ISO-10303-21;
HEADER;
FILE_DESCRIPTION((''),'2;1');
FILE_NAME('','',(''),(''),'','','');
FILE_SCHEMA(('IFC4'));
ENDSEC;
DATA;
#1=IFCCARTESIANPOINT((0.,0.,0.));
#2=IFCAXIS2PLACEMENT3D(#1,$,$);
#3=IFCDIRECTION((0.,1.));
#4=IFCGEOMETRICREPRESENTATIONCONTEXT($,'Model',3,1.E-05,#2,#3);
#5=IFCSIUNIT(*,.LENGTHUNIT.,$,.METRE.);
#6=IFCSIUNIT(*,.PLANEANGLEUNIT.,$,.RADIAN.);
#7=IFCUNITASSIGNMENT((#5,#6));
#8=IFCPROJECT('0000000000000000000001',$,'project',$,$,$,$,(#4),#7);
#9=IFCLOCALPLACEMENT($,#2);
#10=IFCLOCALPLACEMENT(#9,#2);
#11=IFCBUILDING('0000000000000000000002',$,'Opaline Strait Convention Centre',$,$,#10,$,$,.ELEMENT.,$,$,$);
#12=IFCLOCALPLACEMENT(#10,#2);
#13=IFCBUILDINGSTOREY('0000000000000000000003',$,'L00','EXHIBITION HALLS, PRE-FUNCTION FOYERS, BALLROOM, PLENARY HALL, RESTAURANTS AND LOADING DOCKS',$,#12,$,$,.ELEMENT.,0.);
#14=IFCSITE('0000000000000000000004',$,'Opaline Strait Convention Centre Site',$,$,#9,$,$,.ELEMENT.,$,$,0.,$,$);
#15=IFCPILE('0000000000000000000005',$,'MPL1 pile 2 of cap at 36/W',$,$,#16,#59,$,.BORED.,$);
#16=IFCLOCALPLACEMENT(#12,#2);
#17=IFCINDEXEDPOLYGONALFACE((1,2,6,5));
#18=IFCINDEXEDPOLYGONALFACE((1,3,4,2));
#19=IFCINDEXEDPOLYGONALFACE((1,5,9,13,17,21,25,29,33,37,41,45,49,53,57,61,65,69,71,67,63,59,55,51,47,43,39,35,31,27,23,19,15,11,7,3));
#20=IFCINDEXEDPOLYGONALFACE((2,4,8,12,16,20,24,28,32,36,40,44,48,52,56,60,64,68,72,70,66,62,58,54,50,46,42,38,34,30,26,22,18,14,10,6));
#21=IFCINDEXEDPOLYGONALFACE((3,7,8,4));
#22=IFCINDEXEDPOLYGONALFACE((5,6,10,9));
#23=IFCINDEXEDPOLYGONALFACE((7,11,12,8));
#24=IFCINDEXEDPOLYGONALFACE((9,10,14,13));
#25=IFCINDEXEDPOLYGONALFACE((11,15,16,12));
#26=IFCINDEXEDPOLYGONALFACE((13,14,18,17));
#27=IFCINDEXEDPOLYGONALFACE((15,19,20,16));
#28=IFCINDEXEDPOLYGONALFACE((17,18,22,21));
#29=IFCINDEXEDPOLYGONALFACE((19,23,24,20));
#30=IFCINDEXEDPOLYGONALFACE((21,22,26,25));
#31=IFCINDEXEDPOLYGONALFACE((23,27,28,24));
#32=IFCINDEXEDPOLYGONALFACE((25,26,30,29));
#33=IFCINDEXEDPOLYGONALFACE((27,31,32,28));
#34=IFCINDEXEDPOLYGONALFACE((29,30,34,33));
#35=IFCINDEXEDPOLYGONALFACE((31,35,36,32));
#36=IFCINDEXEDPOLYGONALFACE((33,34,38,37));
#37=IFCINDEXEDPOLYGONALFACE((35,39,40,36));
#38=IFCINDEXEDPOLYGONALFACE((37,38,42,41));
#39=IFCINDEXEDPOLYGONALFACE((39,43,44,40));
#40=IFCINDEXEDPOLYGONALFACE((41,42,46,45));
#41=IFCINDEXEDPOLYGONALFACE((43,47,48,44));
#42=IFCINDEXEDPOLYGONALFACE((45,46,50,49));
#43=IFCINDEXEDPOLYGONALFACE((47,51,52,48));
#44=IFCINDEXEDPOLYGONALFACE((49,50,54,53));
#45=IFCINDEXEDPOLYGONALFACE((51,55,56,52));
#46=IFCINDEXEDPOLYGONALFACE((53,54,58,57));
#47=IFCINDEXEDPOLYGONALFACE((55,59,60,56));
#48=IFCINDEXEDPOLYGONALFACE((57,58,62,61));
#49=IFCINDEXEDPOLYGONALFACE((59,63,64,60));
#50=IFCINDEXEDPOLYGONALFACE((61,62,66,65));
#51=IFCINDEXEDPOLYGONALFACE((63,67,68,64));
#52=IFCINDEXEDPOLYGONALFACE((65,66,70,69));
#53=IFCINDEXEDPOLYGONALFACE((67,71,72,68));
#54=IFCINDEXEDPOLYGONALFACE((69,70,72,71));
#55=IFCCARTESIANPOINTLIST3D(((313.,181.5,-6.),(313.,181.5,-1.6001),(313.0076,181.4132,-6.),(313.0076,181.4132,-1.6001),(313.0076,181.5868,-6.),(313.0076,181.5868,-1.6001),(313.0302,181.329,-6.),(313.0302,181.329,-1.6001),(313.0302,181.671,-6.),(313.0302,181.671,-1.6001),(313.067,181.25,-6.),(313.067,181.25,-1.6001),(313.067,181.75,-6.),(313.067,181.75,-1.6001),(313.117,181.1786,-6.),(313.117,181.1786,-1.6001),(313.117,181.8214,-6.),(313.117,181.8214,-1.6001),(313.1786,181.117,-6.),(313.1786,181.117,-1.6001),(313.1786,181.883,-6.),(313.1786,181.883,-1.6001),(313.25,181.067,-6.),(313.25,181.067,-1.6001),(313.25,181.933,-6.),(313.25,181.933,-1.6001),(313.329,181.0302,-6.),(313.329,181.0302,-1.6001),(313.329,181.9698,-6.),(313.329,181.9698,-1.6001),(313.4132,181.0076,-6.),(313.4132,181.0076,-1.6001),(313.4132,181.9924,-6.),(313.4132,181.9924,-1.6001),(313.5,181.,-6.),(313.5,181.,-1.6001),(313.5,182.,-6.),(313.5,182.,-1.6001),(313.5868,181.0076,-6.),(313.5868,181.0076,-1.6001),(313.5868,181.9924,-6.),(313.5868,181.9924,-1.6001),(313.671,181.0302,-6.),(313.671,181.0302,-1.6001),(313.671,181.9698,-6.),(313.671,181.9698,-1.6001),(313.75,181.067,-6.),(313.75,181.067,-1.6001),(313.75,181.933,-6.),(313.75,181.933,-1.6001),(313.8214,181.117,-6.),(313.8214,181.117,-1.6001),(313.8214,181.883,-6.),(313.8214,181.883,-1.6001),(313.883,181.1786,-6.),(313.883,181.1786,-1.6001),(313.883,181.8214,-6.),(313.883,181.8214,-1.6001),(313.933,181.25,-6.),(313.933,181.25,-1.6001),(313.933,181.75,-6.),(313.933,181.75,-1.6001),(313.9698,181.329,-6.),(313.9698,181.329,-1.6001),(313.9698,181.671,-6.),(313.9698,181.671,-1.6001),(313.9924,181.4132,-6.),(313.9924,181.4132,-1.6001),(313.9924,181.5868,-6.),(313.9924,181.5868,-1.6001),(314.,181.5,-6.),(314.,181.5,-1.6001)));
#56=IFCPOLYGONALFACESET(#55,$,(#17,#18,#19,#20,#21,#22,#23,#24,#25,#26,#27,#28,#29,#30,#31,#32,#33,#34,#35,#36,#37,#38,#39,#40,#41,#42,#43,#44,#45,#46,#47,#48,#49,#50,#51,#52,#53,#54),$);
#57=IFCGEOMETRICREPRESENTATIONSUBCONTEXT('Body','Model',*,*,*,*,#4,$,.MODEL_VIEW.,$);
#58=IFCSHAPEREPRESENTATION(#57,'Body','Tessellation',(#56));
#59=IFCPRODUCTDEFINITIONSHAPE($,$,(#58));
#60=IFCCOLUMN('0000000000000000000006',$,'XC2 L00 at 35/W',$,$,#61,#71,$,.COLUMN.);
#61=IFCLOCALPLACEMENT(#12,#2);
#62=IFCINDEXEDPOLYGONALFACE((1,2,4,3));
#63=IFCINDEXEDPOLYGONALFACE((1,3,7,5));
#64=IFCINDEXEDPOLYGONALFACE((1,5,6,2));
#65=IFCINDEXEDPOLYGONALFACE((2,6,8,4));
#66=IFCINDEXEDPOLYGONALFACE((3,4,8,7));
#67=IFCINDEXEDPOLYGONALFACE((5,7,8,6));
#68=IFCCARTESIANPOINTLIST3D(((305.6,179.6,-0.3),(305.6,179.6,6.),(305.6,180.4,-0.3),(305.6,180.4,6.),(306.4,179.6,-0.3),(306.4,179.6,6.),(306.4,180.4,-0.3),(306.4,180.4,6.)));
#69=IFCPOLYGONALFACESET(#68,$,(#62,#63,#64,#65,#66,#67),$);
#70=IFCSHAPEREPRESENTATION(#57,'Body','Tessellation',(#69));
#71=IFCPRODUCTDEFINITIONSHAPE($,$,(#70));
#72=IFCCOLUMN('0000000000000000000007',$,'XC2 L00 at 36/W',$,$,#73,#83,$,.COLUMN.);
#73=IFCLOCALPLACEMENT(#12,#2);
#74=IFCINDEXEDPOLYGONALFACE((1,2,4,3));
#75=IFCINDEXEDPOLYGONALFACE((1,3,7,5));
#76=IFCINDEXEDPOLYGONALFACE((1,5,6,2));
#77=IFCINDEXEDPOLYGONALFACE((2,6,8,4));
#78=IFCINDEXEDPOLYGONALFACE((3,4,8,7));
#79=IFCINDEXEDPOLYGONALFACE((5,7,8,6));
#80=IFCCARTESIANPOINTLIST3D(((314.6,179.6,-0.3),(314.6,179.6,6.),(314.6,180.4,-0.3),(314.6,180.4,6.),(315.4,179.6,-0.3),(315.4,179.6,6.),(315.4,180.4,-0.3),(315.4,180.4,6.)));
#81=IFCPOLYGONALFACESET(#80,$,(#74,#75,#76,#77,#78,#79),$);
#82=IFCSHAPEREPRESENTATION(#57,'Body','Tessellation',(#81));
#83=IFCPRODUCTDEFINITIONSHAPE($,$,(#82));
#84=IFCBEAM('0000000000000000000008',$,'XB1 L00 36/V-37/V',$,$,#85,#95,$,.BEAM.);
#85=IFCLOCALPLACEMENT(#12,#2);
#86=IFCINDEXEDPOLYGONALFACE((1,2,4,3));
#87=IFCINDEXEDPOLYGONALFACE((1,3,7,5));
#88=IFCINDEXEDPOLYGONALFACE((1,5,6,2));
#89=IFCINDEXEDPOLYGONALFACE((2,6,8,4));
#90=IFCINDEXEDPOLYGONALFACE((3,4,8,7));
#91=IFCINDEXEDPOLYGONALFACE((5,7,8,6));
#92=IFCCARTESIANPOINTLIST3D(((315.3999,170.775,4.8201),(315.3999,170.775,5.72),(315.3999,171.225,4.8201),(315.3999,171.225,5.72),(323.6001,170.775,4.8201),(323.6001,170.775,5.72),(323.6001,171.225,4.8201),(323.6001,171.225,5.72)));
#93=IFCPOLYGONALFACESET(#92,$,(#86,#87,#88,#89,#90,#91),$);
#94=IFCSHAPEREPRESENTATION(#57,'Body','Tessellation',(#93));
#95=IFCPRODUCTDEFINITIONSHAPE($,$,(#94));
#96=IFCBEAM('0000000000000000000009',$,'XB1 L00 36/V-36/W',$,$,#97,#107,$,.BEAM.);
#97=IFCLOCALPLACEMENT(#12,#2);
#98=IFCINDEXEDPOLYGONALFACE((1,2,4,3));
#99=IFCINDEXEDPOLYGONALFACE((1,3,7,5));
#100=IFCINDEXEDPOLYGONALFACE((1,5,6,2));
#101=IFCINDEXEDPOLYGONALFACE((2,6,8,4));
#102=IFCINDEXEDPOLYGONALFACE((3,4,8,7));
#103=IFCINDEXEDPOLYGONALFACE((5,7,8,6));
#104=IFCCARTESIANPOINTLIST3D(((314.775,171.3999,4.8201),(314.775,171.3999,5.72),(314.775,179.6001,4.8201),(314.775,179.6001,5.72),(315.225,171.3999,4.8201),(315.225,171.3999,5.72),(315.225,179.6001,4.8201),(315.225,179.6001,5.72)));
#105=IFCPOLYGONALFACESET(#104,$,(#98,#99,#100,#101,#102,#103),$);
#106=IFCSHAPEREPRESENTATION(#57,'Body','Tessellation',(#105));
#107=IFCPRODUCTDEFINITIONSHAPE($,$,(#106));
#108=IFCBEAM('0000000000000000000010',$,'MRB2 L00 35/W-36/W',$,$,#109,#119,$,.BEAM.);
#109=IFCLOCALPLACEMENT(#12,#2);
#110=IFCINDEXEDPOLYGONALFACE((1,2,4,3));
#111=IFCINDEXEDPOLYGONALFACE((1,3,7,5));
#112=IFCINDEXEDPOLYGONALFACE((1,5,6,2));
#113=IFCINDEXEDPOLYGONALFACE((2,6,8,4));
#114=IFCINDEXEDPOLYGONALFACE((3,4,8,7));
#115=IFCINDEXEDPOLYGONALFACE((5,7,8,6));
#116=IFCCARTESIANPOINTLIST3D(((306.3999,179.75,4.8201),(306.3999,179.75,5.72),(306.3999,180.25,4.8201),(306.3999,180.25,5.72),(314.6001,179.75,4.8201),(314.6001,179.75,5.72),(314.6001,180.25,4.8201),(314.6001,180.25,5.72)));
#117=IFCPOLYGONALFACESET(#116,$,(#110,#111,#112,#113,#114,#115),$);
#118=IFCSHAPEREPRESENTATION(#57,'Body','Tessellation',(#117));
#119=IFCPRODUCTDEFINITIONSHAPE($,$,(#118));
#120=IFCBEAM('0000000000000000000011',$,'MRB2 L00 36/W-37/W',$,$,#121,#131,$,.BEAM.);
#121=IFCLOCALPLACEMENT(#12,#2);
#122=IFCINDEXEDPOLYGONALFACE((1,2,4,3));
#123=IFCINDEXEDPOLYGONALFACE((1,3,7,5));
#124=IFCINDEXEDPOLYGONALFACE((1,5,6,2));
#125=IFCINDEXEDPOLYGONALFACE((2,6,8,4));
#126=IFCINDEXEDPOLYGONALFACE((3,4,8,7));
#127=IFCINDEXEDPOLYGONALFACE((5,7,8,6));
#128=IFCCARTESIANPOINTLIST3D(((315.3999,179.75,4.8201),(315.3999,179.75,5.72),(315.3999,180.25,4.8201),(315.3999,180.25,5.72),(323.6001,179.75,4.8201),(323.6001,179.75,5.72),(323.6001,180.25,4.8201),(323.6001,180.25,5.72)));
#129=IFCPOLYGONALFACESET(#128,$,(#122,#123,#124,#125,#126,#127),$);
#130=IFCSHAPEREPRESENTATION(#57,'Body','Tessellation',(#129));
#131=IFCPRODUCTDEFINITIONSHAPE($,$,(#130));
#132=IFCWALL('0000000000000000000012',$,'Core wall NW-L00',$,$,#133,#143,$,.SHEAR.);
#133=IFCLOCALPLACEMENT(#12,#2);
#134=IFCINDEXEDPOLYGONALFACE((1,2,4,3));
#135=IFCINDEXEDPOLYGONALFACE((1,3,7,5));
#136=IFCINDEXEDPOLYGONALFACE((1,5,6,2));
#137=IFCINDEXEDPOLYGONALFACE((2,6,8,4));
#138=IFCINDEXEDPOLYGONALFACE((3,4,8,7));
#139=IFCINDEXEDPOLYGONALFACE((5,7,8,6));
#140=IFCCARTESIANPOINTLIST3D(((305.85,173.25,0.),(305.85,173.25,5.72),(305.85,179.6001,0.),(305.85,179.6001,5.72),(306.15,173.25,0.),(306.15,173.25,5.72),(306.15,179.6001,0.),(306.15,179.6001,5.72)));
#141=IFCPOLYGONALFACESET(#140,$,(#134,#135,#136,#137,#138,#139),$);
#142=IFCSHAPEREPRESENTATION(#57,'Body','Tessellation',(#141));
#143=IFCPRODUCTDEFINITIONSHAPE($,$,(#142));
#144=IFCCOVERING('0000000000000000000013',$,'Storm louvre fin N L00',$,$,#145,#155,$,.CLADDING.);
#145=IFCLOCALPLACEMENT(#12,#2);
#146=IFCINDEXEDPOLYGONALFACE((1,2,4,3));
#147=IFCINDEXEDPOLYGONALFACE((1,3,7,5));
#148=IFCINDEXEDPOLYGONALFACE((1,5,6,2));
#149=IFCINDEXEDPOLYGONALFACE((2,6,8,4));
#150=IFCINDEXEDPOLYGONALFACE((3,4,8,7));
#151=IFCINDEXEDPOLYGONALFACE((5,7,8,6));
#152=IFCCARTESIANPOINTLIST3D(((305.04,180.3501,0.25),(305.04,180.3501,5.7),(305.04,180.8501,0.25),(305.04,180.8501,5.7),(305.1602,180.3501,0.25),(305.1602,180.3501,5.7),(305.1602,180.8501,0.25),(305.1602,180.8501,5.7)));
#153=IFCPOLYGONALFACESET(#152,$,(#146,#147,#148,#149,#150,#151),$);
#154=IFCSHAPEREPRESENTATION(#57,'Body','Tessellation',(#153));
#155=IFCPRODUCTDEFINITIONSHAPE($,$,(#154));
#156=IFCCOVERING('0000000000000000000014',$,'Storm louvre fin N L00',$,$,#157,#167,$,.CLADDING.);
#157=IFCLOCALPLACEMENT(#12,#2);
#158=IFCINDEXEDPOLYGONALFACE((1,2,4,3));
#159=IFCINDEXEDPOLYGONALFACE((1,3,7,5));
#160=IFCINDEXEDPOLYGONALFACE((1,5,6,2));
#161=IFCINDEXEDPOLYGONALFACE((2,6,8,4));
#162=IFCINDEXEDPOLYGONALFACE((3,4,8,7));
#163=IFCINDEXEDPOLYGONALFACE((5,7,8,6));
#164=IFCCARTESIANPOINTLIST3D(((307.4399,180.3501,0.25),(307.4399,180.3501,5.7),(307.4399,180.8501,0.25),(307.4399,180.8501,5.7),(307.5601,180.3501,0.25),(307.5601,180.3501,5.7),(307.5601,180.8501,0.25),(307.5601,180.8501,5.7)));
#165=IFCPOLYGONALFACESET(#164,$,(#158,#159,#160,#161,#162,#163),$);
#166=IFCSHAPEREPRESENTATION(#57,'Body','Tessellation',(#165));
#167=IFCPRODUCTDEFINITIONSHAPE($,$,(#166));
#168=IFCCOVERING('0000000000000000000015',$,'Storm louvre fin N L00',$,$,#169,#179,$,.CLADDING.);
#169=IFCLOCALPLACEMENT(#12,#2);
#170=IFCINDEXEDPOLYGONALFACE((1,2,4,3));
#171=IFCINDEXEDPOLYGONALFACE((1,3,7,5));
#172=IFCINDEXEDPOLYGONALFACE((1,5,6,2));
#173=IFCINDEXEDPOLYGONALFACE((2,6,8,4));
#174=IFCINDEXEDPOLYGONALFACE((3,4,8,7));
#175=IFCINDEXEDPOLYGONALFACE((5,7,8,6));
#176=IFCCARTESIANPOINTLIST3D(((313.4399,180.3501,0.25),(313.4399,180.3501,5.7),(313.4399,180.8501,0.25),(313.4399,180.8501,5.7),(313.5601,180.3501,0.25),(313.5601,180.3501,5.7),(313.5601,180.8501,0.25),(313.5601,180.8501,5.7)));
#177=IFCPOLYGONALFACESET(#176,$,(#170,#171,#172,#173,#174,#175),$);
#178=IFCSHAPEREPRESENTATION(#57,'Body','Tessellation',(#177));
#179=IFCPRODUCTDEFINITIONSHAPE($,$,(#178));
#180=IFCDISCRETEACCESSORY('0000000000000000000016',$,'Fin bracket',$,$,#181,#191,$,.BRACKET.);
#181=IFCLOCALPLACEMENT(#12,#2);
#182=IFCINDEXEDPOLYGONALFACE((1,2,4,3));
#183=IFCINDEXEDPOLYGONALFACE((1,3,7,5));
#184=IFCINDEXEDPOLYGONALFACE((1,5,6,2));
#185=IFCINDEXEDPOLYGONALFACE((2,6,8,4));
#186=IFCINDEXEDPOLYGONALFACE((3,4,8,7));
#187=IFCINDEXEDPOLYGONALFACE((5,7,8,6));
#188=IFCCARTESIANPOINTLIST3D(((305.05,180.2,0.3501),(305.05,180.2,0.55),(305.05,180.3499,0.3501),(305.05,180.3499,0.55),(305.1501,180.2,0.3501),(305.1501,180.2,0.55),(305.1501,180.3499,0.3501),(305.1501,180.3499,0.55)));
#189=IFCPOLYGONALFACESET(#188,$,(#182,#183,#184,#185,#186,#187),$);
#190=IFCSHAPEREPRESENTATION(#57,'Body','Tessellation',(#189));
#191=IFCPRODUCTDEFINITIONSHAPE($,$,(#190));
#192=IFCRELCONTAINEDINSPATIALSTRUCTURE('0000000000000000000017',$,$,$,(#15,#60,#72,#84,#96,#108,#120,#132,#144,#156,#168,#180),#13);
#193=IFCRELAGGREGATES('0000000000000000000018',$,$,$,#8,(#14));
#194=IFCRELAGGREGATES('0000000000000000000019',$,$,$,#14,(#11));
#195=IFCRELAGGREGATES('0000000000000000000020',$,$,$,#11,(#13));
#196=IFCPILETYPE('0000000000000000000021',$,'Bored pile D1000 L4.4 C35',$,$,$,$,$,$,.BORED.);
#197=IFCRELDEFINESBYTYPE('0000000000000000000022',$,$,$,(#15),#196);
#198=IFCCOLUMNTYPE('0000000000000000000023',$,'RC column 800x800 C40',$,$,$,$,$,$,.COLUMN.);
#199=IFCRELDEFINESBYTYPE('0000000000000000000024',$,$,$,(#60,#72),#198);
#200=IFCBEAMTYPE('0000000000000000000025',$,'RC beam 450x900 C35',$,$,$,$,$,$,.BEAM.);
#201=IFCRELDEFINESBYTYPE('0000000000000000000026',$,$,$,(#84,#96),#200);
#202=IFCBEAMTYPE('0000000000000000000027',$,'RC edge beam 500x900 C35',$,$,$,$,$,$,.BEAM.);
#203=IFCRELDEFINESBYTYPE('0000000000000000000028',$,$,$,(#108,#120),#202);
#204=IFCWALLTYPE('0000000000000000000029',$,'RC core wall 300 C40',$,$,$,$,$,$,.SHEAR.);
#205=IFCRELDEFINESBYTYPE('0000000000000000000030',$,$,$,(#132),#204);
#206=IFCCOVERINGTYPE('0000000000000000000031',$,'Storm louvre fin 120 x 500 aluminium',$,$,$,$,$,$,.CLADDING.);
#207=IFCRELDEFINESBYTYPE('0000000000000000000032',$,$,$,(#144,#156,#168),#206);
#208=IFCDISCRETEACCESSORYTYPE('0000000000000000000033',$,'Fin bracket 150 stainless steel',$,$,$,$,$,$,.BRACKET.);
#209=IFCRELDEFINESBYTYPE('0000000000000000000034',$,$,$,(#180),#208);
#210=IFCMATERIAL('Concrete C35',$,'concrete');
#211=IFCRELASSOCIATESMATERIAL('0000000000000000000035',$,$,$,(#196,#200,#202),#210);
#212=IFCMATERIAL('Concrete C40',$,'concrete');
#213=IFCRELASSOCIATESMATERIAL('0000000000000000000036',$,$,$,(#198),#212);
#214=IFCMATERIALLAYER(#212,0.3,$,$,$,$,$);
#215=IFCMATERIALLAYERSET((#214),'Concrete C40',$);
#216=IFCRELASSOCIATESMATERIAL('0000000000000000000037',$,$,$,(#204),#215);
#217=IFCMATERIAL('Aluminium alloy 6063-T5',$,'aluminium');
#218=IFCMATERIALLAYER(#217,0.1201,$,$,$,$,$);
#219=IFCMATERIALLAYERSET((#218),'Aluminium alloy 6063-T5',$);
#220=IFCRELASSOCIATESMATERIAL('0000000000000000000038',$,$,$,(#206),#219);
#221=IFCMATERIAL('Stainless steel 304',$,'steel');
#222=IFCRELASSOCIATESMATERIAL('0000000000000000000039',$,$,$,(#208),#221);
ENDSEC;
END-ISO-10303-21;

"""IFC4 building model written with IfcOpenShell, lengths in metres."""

from ifc_helpers import new_model, si_unit, direction, frame, frame_2d, origin, origin_2d, place, context, subcontext, project, spatial, rectangle, circle, extrude, material, layer, layer_set, material_profile, profile_set, type_object, element, save


model = new_model("IFC4")

# Units and contexts
model_context = context("Model", 3, precision=1e-05, world=origin(), true_north=direction((0.0, 1.0)))
body_context = subcontext(model_context, "Body", "Model", "MODEL_VIEW")
ifc_project = project(units=[si_unit("LENGTHUNIT", "METRE"), si_unit("PLANEANGLEUNIT", "RADIAN")], contexts=[model_context])

# Site, building, storey
site_placement = place(None, origin())
site = spatial("IfcSite", under=ifc_project, at=site_placement, Name="Opaline Strait Convention Centre Site", CompositionType="ELEMENT", RefElevation=0.0)
building_placement = place(site_placement, origin())
building = spatial("IfcBuilding", under=site, at=building_placement, Name="Opaline Strait Convention Centre", CompositionType="ELEMENT")
storey_placement = place(building_placement, origin())
storey = spatial("IfcBuildingStorey", under=building, at=storey_placement, Name="L00", Description="EXHIBITION HALLS, PRE-FUNCTION FOYERS, BALLROOM, PLENARY HALL, RESTAURANTS AND LOADING DOCKS", CompositionType="ELEMENT", Elevation=0.0)

# Pile
ifc_material_1 = material(Name="Concrete C35", Category="concrete")
ifc_material_profile_1 = material_profile(ifc_material_1, circle(Radius=0.5, at=origin_2d()), Name="D1000")
ifc_profile_set_1 = profile_set([ifc_material_profile_1], Name="Concrete C35")
pile_type = type_object("IfcPileType", Name="Bored pile D1000 L4.4 C35", PredefinedType="BORED", material=ifc_profile_set_1)
for number, where, z_axis, x_axis, name in (
    (1, (313.5, 181.5, -1.6001), (0.0, 0.0, -1.0), (1.0, 0.0, 0.0), "MPL1 pile 2 of cap at 36/W"),
):
    element("IfcPile", number, at=place(storey_placement, frame(where, z_axis=z_axis, x_axis=x_axis)), inside=storey, type_object=pile_type, Name=name, PredefinedType="BORED", context=body_context, shape_type="SweptSolid", body=[
        extrude(circle(Radius=0.5, at=origin_2d()), origin(), (0.0, 0.0, 1.0), 4.3999),
    ])

# Columns
ifc_material_2 = material(Name="Concrete C40", Category="concrete")
ifc_material_profile_2 = material_profile(ifc_material_2, rectangle(XDim=0.8, YDim=0.8, at=origin_2d()), Name="RC 800x800")
ifc_profile_set_2 = profile_set([ifc_material_profile_2], Name="Concrete C40")
column_type = type_object("IfcColumnType", Name="RC column 800x800 C40", PredefinedType="COLUMN", material=ifc_profile_set_2)
for number, where, z_axis, x_axis, name in (
    (2, (306.0, 180.0, -0.3), (0.0, 0.0, 1.0), (1.0, 0.0, 0.0), "XC2 L00 at 35/W"),
    (3, (315.0, 180.0, -0.3), (0.0, 0.0, 1.0), (1.0, 0.0, 0.0), "XC2 L00 at 36/W"),
):
    element("IfcColumn", number, at=place(storey_placement, frame(where, z_axis=z_axis, x_axis=x_axis)), inside=storey, type_object=column_type, Name=name, PredefinedType="COLUMN", context=body_context, shape_type="SweptSolid", body=[
        extrude(rectangle(XDim=0.8, YDim=0.8, at=origin_2d()), origin(), (0.0, 0.0, 1.0), 6.3),
    ])

# Beams
ifc_material_profile_3 = material_profile(ifc_material_1, rectangle(XDim=0.45, YDim=0.8999, at=origin_2d()), Name="RC 450x900")
ifc_profile_set_3 = profile_set([ifc_material_profile_3], Name="Concrete C35")
beam_type_1 = type_object("IfcBeamType", Name="RC beam 450x900 C35", PredefinedType="BEAM", material=ifc_profile_set_3)
for number, where, z_axis, x_axis, name in (
    (4, (315.3999, 171.0, 5.27), (1.0, 0.0, 0.0), (0.0, 1.0, 0.0), "XB1 L00 36/V-37/V"),
    (5, (315.0, 171.3999, 5.27), (0.0, 1.0, 0.0), (-1.0, 0.0, 0.0), "XB1 L00 36/V-36/W"),
):
    element("IfcBeam", number, at=place(storey_placement, frame(where, z_axis=z_axis, x_axis=x_axis)), inside=storey, type_object=beam_type_1, Name=name, PredefinedType="BEAM", context=body_context, shape_type="SweptSolid", body=[
        extrude(rectangle(XDim=0.45, YDim=0.8999, at=origin_2d()), origin(), (0.0, 0.0, 1.0), 8.2002),
    ])
ifc_material_profile_4 = material_profile(ifc_material_1, rectangle(XDim=0.5, YDim=0.8999, at=origin_2d()), Name="RC 500x900")
ifc_profile_set_4 = profile_set([ifc_material_profile_4], Name="Concrete C35")
beam_type_2 = type_object("IfcBeamType", Name="RC edge beam 500x900 C35", PredefinedType="BEAM", material=ifc_profile_set_4)
for number, where, z_axis, x_axis, name in (
    (6, (306.3999, 180.0, 5.27), (1.0, 0.0, 0.0), (0.0, 1.0, 0.0), "MRB2 L00 35/W-36/W"),
    (7, (315.3999, 180.0, 5.27), (1.0, 0.0, 0.0), (0.0, 1.0, 0.0), "MRB2 L00 36/W-37/W"),
):
    element("IfcBeam", number, at=place(storey_placement, frame(where, z_axis=z_axis, x_axis=x_axis)), inside=storey, type_object=beam_type_2, Name=name, PredefinedType="BEAM", context=body_context, shape_type="SweptSolid", body=[
        extrude(rectangle(XDim=0.5, YDim=0.8999, at=origin_2d()), origin(), (0.0, 0.0, 1.0), 8.2002),
    ])

# Wall
ifc_layer_1 = layer(ifc_material_2, 0.3)
ifc_layer_set_1 = layer_set([ifc_layer_1], Name="Concrete C40")
wall_type_1 = type_object("IfcWallType", Name="RC core wall 300 C40", PredefinedType="SHEAR", material=ifc_layer_set_1)
wall_1_placement = place(storey_placement, frame((306.0, 173.25, 0.0), z_axis=(0.0, 0.0, 1.0), x_axis=(0.0, 1.0, 0.0)))
element("IfcWall", 8, at=wall_1_placement, inside=storey, type_object=wall_type_1, Name="Core wall NW-L00", PredefinedType="SHEAR", context=body_context, shape_type="SweptSolid", body=[
    extrude(rectangle(XDim=6.3501, YDim=0.3, at=frame_2d((3.175, 0.0))), origin(), (0.0, 0.0, 1.0), 5.72),
])

# Coverings
ifc_material_3 = material(Name="Aluminium alloy 6063-T5", Category="aluminium")
ifc_layer_2 = layer(ifc_material_3, 0.1201)
ifc_layer_set_2 = layer_set([ifc_layer_2], Name="Aluminium alloy 6063-T5")
covering_type = type_object("IfcCoveringType", Name="Storm louvre fin 120 x 500 aluminium", PredefinedType="CLADDING", material=ifc_layer_set_2)
for number, where, z_axis, x_axis, name in (
    (9, (305.1001, 180.6001, 0.25), (0.0, 0.0, 1.0), (1.0, 0.0, 0.0), "Storm louvre fin N L00"),
    (10, (307.5, 180.6001, 0.25), (0.0, 0.0, 1.0), (1.0, 0.0, 0.0), "Storm louvre fin N L00"),
    (11, (313.5, 180.6001, 0.25), (0.0, 0.0, 1.0), (1.0, 0.0, 0.0), "Storm louvre fin N L00"),
):
    element("IfcCovering", number, at=place(storey_placement, frame(where, z_axis=z_axis, x_axis=x_axis)), inside=storey, type_object=covering_type, Name=name, PredefinedType="CLADDING", context=body_context, shape_type="SweptSolid", body=[
        extrude(rectangle(XDim=0.1201, YDim=0.5, at=origin_2d()), origin(), (0.0, 0.0, 1.0), 5.45),
    ])

# Discrete accessory
ifc_material_4 = material(Name="Stainless steel 304", Category="steel")
discrete_accessory_type = type_object("IfcDiscreteAccessoryType", Name="Fin bracket 150 stainless steel", PredefinedType="BRACKET", material=ifc_material_4)
for number, where, z_axis, x_axis, name in (
    (12, (305.1001, 180.2749, 0.3501), (0.0, 0.0, 1.0), (1.0, 0.0, 0.0), "Fin bracket"),
):
    element("IfcDiscreteAccessory", number, at=place(storey_placement, frame(where, z_axis=z_axis, x_axis=x_axis)), inside=storey, type_object=discrete_accessory_type, Name=name, PredefinedType="BRACKET", context=body_context, shape_type="SweptSolid", body=[
        extrude(rectangle(XDim=0.1001, YDim=0.1499, at=origin_2d()), origin(), (0.0, 0.0, 1.0), 0.2),
    ])

save(model, "model.ifc")
